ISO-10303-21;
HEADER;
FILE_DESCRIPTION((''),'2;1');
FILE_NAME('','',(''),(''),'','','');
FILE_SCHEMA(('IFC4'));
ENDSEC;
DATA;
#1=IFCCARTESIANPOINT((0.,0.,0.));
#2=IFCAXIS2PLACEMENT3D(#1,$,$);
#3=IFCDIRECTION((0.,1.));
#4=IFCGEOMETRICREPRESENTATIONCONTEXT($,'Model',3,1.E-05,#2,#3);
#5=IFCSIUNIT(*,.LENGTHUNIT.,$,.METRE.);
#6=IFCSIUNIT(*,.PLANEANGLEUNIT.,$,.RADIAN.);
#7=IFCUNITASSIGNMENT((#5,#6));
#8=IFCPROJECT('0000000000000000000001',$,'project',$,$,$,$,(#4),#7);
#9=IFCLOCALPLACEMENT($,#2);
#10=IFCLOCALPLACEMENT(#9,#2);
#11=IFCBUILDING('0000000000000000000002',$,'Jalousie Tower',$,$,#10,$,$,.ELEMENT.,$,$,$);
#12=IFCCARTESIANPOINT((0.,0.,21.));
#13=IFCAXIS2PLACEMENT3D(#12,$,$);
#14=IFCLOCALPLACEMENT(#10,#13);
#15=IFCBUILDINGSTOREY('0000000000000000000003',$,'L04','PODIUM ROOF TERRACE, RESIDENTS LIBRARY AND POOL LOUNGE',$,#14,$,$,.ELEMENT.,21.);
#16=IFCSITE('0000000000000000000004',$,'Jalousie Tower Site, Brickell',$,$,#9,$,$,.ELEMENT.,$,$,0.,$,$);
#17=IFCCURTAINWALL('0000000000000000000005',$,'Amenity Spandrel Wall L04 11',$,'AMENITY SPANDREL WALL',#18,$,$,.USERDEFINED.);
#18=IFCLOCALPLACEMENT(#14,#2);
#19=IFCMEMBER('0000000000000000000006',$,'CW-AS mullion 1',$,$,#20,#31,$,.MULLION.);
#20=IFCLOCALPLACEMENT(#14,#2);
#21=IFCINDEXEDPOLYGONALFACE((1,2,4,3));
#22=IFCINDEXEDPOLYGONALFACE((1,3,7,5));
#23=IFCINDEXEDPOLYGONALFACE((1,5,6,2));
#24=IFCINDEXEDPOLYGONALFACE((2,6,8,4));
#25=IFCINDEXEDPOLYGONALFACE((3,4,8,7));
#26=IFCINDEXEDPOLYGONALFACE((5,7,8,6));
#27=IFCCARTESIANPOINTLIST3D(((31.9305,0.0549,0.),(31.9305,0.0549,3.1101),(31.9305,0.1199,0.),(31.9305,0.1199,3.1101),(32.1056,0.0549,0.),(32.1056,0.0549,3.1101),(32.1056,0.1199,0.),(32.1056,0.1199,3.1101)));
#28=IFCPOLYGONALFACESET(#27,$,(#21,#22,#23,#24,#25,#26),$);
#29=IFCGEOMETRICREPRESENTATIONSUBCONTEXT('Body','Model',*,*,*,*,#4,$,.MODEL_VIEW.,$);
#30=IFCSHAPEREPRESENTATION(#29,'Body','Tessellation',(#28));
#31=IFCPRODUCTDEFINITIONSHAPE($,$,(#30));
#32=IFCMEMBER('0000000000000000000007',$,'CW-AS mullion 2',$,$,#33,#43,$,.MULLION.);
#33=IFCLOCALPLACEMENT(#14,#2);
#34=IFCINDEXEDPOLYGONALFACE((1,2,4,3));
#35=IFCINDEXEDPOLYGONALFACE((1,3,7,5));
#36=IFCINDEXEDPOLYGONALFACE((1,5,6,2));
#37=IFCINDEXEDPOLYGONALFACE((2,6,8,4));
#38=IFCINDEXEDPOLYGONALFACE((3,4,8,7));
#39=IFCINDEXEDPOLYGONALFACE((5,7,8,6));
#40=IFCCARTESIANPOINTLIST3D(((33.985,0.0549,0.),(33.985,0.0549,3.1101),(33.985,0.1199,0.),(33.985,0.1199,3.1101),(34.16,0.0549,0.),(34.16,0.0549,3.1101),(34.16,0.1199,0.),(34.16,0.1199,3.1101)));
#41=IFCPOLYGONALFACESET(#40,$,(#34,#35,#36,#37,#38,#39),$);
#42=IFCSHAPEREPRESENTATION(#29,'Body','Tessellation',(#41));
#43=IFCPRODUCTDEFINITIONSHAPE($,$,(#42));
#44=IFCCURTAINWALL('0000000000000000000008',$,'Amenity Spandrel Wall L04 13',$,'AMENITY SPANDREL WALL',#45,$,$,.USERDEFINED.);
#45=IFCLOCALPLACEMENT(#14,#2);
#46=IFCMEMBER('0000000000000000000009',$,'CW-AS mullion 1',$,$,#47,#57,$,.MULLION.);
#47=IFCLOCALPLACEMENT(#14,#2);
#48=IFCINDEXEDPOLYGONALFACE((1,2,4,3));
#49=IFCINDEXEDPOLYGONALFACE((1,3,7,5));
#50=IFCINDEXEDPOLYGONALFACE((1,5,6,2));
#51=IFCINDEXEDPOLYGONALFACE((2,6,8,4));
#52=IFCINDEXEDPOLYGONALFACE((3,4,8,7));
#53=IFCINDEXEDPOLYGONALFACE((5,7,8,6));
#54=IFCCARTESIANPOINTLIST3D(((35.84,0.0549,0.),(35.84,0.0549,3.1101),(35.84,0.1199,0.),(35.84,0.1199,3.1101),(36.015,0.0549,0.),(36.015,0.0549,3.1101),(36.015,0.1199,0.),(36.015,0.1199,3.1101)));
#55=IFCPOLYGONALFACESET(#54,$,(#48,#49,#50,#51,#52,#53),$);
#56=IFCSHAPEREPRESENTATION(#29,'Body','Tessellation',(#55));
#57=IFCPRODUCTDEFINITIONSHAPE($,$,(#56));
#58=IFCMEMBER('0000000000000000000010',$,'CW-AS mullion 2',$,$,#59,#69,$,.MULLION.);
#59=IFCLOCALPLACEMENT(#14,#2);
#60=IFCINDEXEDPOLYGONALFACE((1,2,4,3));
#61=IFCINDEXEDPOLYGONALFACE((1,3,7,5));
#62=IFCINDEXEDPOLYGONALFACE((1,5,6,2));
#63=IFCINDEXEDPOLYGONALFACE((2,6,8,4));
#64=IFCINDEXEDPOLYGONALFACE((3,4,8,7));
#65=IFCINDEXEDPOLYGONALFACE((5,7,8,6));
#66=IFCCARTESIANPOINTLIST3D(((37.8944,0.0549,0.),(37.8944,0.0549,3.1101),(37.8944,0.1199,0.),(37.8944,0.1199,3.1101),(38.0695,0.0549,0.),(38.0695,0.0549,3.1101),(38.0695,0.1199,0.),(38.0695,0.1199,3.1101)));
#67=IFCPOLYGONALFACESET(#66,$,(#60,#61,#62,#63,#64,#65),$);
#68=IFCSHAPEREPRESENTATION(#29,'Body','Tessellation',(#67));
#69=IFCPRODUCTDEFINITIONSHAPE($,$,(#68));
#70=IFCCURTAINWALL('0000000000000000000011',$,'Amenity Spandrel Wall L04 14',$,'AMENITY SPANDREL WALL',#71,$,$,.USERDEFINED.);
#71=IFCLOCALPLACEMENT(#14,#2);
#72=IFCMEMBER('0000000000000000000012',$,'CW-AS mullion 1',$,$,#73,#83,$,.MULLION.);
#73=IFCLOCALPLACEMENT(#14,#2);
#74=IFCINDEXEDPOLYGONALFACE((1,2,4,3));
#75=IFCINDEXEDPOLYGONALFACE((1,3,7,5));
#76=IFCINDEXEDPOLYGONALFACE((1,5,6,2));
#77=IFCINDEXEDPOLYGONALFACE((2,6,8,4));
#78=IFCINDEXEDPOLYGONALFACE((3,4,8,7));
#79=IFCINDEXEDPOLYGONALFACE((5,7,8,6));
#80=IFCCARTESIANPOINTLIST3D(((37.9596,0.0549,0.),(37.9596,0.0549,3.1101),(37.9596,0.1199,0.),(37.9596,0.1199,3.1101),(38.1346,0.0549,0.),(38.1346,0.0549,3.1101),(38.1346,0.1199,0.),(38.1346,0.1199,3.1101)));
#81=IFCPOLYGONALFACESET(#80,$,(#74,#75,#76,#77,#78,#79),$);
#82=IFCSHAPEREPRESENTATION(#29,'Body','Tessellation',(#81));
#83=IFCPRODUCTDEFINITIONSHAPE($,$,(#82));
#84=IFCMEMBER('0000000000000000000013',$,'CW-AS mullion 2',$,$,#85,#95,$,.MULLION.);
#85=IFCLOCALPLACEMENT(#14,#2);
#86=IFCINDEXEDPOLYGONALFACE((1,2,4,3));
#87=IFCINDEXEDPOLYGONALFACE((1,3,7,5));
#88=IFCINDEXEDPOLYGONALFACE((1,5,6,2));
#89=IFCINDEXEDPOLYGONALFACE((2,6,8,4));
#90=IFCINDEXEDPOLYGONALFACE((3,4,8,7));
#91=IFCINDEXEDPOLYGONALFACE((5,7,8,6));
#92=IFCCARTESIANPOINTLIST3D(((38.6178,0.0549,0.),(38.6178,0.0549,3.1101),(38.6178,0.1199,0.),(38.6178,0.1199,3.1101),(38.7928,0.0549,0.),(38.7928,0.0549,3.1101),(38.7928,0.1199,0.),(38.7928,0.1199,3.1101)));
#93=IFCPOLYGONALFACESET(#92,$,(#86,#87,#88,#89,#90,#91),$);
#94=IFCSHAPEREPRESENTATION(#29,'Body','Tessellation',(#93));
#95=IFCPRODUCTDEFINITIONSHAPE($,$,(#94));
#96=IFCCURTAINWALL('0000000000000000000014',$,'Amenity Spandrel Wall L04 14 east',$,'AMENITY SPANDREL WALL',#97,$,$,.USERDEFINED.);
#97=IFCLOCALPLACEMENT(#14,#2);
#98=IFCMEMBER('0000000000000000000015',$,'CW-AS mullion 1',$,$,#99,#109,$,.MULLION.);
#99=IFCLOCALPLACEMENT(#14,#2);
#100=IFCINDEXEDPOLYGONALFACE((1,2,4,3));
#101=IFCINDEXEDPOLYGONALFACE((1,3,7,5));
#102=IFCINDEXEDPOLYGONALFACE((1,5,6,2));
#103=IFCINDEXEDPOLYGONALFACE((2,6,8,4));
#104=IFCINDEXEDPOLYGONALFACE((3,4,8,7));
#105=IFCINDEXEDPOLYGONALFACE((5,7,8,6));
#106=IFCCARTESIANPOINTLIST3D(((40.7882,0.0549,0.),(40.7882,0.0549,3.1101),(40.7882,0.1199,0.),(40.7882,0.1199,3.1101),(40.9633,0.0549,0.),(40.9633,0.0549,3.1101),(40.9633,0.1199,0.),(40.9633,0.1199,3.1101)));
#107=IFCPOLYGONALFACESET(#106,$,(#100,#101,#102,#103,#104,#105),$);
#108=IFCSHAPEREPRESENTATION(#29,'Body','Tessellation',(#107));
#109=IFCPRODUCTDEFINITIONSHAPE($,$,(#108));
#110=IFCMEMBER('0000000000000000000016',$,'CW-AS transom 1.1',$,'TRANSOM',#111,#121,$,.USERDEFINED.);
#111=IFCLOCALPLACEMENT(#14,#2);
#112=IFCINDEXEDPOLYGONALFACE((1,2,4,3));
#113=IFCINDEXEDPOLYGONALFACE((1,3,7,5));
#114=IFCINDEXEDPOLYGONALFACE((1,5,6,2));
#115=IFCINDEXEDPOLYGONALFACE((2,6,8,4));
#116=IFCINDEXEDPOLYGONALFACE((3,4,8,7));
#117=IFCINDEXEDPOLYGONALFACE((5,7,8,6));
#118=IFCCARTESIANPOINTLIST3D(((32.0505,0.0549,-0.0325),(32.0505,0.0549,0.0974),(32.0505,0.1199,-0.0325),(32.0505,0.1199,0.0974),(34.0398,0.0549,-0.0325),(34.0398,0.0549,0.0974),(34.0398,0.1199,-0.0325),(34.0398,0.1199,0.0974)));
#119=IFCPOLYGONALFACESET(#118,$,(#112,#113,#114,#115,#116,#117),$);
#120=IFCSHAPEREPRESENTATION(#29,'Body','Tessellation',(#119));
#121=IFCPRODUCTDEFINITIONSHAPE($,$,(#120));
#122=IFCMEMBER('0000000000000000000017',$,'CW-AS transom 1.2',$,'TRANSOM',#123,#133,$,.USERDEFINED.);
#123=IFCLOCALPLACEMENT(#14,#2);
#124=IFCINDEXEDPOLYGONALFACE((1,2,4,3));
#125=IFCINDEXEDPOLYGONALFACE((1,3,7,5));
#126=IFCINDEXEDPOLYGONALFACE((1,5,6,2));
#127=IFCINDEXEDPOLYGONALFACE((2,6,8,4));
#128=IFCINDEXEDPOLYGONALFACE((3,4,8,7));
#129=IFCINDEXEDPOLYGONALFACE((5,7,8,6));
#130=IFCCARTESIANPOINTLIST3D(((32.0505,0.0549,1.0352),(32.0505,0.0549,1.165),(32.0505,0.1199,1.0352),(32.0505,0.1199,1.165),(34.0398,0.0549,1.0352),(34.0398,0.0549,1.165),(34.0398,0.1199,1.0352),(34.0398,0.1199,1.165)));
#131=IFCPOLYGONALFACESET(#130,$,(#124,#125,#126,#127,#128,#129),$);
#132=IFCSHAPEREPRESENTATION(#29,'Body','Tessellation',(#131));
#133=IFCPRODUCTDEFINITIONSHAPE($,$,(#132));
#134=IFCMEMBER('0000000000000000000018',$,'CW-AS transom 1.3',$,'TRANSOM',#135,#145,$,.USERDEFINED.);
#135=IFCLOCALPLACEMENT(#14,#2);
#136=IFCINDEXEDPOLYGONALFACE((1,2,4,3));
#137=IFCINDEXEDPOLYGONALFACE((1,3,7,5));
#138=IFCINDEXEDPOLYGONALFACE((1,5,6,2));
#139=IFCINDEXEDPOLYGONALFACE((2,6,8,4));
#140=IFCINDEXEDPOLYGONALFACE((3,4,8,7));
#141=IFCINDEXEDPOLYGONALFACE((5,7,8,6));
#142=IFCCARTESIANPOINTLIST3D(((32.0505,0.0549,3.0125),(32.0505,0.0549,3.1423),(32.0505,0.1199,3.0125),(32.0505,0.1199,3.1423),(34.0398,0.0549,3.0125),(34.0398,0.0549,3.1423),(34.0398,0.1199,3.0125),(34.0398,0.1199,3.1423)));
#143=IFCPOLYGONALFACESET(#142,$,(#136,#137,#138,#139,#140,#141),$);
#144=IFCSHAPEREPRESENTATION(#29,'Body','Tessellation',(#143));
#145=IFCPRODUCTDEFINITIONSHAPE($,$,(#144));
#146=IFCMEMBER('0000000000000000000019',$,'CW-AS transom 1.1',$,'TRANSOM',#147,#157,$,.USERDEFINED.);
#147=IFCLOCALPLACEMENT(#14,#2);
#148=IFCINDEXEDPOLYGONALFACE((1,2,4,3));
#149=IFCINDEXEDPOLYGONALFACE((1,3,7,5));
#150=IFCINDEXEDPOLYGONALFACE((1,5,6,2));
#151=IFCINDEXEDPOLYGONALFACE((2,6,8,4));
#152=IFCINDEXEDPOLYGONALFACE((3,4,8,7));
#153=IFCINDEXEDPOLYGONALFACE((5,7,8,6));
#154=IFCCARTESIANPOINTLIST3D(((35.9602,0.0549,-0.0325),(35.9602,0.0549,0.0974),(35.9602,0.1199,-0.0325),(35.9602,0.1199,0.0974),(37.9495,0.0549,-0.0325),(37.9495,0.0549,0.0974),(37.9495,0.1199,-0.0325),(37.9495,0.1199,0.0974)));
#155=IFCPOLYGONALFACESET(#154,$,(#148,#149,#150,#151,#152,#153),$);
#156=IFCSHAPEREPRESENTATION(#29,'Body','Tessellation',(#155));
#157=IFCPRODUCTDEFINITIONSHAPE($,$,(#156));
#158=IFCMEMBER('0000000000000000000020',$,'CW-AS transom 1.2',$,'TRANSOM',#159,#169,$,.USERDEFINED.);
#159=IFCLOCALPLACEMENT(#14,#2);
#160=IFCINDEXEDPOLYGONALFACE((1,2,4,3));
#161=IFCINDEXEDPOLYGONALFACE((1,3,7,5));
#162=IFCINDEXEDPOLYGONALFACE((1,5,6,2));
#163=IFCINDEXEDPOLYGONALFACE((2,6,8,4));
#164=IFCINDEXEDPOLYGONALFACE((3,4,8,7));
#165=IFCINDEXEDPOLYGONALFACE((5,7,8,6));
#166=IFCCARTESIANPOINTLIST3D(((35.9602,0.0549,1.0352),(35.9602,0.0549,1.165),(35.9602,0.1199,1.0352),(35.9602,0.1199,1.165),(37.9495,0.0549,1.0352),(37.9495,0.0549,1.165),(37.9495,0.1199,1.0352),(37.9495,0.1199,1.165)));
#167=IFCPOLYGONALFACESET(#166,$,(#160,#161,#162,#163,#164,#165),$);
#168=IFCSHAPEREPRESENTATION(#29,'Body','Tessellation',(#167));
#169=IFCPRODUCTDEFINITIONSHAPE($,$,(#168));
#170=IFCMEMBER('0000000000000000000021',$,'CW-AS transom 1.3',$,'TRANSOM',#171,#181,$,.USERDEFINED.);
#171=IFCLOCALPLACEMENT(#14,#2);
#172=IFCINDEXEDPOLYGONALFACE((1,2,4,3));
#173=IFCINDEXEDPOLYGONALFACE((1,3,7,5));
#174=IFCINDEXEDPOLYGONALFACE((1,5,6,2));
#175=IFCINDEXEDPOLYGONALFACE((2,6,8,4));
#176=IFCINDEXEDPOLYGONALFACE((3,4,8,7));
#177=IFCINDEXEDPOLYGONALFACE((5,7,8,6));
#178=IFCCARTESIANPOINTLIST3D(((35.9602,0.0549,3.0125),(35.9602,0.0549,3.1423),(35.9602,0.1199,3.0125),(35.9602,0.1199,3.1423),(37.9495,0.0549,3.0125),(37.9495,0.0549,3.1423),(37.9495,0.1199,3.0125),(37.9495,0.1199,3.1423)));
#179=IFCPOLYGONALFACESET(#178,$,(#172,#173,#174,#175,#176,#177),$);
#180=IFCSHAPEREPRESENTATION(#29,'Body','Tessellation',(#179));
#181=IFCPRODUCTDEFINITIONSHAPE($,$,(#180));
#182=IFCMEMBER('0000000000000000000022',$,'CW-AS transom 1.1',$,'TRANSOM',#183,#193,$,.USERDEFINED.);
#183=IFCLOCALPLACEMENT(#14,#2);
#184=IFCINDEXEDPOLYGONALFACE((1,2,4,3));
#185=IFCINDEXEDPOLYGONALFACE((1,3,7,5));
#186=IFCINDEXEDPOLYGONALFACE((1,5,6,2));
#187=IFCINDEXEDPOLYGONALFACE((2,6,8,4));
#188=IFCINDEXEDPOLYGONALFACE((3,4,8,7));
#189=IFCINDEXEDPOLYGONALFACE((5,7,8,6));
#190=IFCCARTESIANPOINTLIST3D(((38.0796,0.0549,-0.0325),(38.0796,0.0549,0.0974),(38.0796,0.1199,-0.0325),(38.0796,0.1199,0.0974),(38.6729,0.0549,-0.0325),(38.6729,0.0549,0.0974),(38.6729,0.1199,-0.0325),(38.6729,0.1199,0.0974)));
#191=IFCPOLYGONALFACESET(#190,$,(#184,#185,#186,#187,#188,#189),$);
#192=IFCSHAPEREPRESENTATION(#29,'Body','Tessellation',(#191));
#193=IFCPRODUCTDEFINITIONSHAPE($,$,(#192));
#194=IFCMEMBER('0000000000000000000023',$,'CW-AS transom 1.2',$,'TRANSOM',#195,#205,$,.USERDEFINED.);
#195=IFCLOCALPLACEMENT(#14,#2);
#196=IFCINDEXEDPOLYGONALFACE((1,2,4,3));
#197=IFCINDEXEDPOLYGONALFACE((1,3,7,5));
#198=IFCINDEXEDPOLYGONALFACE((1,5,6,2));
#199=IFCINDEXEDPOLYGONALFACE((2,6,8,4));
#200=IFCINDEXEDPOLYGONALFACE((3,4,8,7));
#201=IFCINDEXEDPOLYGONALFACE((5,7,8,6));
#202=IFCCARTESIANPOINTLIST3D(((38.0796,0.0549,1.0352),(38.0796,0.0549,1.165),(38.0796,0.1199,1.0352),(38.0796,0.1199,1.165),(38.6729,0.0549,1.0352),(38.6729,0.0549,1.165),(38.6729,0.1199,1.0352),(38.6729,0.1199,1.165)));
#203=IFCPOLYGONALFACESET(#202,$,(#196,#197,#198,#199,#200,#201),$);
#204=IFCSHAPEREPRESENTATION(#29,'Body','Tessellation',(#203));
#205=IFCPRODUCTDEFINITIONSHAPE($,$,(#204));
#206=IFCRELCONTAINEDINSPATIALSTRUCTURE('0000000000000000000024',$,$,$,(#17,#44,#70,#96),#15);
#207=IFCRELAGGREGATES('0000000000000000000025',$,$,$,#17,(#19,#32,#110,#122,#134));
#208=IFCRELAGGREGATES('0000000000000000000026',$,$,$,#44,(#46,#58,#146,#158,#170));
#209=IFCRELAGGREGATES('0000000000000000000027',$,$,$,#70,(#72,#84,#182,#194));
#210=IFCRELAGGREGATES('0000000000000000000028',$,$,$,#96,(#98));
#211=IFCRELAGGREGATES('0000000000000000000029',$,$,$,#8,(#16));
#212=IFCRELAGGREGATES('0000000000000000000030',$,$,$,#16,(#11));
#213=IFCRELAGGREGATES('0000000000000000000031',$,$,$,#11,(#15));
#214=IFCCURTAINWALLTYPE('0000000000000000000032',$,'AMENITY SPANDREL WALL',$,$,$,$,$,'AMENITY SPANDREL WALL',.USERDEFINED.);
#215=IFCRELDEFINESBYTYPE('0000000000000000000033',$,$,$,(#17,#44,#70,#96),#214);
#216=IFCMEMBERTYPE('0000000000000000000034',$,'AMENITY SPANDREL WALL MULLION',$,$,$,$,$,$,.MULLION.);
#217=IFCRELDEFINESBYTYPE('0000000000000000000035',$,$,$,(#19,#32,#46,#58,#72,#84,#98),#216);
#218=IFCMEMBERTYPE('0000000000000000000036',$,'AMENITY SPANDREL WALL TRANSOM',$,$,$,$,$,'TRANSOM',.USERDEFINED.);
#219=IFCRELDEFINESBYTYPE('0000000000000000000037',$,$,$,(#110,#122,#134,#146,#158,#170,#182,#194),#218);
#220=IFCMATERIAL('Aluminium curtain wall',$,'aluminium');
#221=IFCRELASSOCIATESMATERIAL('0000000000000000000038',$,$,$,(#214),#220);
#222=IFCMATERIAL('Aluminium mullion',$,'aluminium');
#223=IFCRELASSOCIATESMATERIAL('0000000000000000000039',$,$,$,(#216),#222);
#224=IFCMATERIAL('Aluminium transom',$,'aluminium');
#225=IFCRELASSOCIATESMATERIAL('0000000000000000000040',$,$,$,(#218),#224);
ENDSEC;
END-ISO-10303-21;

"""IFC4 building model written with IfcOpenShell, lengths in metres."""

from ifc_helpers import new_model, si_unit, direction, frame, origin, origin_2d, place, context, subcontext, project, spatial, rectangle, extrude, material, material_profile, profile_set, type_object, element, aggregate, save


model = new_model("IFC4")

# Units and contexts
model_context = context("Model", 3, precision=1e-05, world=origin(), true_north=direction((0.0, 1.0)))
body_context = subcontext(model_context, "Body", "Model", "MODEL_VIEW")
ifc_project = project(units=[si_unit("LENGTHUNIT", "METRE"), si_unit("PLANEANGLEUNIT", "RADIAN")], contexts=[model_context])

# Site, building, storey
site_placement = place(None, origin())
site = spatial("IfcSite", under=ifc_project, at=site_placement, Name="Jalousie Tower Site, Brickell", CompositionType="ELEMENT", RefElevation=0.0)
building_placement = place(site_placement, origin())
building = spatial("IfcBuilding", under=site, at=building_placement, Name="Jalousie Tower", CompositionType="ELEMENT")
storey_placement = place(building_placement, frame((0.0, 0.0, 21.0)))
storey = spatial("IfcBuildingStorey", under=building, at=storey_placement, Name="L04", Description="PODIUM ROOF TERRACE, RESIDENTS LIBRARY AND POOL LOUNGE", CompositionType="ELEMENT", Elevation=21.0)

# Curtain walls, members
ifc_material_1 = material(Name="Aluminium curtain wall", Category="aluminium")
curtain_wall_type_1 = type_object("IfcCurtainWallType", Name="AMENITY SPANDREL WALL", ElementType="AMENITY SPANDREL WALL", PredefinedType="USERDEFINED", material=ifc_material_1)
curtain_wall_1_placement = place(storey_placement, origin())
curtain_wall_1 = element("IfcCurtainWall", 1, at=curtain_wall_1_placement, inside=storey, type_object=curtain_wall_type_1, Name="Amenity Spandrel Wall L04 11", ObjectType="AMENITY SPANDREL WALL", PredefinedType="USERDEFINED")
ifc_material_2 = material(Name="Aluminium mullion", Category="aluminium")
ifc_material_profile_1 = material_profile(ifc_material_2, rectangle(XDim=0.0649, YDim=0.175, at=origin_2d()), Name="MULLION 65x175")
ifc_profile_set_1 = profile_set([ifc_material_profile_1], Name="Aluminium mullion")
member_type_1 = type_object("IfcMemberType", Name="AMENITY SPANDREL WALL MULLION", PredefinedType="MULLION", material=ifc_profile_set_1)
member_1_placement = place(storey_placement, frame((32.0181, 0.0874, 0.0), z_axis=(0.0, 0.0, 1.0), x_axis=(0.0, 1.0, 0.0)))
member_1 = element("IfcMember", 2, at=member_1_placement, type_object=member_type_1, Name="CW-AS mullion 1", PredefinedType="MULLION", context=body_context, shape_type="SweptSolid", body=[
    extrude(rectangle(XDim=0.0649, YDim=0.175, at=origin_2d()), origin(), (0.0, 0.0, 1.0), 3.1101),
])
member_2_placement = place(storey_placement, frame((34.0725, 0.0874, 0.0), z_axis=(0.0, 0.0, 1.0), x_axis=(0.0, 1.0, 0.0)))
member_2 = element("IfcMember", 3, at=member_2_placement, type_object=member_type_1, Name="CW-AS mullion 2", PredefinedType="MULLION", context=body_context, shape_type="SweptSolid", body=[
    extrude(rectangle(XDim=0.0649, YDim=0.175, at=origin_2d()), origin(), (0.0, 0.0, 1.0), 3.1101),
])
curtain_wall_2_placement = place(storey_placement, origin())
curtain_wall_2 = element("IfcCurtainWall", 4, at=curtain_wall_2_placement, inside=storey, type_object=curtain_wall_type_1, Name="Amenity Spandrel Wall L04 13", ObjectType="AMENITY SPANDREL WALL", PredefinedType="USERDEFINED")
member_3_placement = place(storey_placement, frame((35.9275, 0.0874, 0.0), z_axis=(0.0, 0.0, 1.0), x_axis=(0.0, 1.0, 0.0)))
member_3 = element("IfcMember", 5, at=member_3_placement, type_object=member_type_1, Name="CW-AS mullion 1", PredefinedType="MULLION", context=body_context, shape_type="SweptSolid", body=[
    extrude(rectangle(XDim=0.0649, YDim=0.175, at=origin_2d()), origin(), (0.0, 0.0, 1.0), 3.1101),
])
member_4_placement = place(storey_placement, frame((37.9819, 0.0874, 0.0), z_axis=(0.0, 0.0, 1.0), x_axis=(0.0, 1.0, 0.0)))
member_4 = element("IfcMember", 6, at=member_4_placement, type_object=member_type_1, Name="CW-AS mullion 2", PredefinedType="MULLION", context=body_context, shape_type="SweptSolid", body=[
    extrude(rectangle(XDim=0.0649, YDim=0.175, at=origin_2d()), origin(), (0.0, 0.0, 1.0), 3.1101),
])
curtain_wall_3_placement = place(storey_placement, origin())
curtain_wall_3 = element("IfcCurtainWall", 7, at=curtain_wall_3_placement, inside=storey, type_object=curtain_wall_type_1, Name="Amenity Spandrel Wall L04 14", ObjectType="AMENITY SPANDREL WALL", PredefinedType="USERDEFINED")
member_5_placement = place(storey_placement, frame((38.0471, 0.0874, 0.0), z_axis=(0.0, 0.0, 1.0), x_axis=(0.0, 1.0, 0.0)))
member_5 = element("IfcMember", 8, at=member_5_placement, type_object=member_type_1, Name="CW-AS mullion 1", PredefinedType="MULLION", context=body_context, shape_type="SweptSolid", body=[
    extrude(rectangle(XDim=0.0649, YDim=0.175, at=origin_2d()), origin(), (0.0, 0.0, 1.0), 3.1101),
])
member_6_placement = place(storey_placement, frame((38.7053, 0.0874, 0.0), z_axis=(0.0, 0.0, 1.0), x_axis=(0.0, 1.0, 0.0)))
member_6 = element("IfcMember", 9, at=member_6_placement, type_object=member_type_1, Name="CW-AS mullion 2", PredefinedType="MULLION", context=body_context, shape_type="SweptSolid", body=[
    extrude(rectangle(XDim=0.0649, YDim=0.175, at=origin_2d()), origin(), (0.0, 0.0, 1.0), 3.1101),
])

# Curtain wall, member
curtain_wall_4_placement = place(storey_placement, origin())
curtain_wall_4 = element("IfcCurtainWall", 10, at=curtain_wall_4_placement, inside=storey, type_object=curtain_wall_type_1, Name="Amenity Spandrel Wall L04 14 east", ObjectType="AMENITY SPANDREL WALL", PredefinedType="USERDEFINED")
member_7_placement = place(storey_placement, frame((40.8757, 0.0874, 0.0), z_axis=(0.0, 0.0, 1.0), x_axis=(0.0, 1.0, 0.0)))
member_7 = element("IfcMember", 11, at=member_7_placement, type_object=member_type_1, Name="CW-AS mullion 1", PredefinedType="MULLION", context=body_context, shape_type="SweptSolid", body=[
    extrude(rectangle(XDim=0.0649, YDim=0.175, at=origin_2d()), origin(), (0.0, 0.0, 1.0), 3.1101),
])

# Members
ifc_material_3 = material(Name="Aluminium transom", Category="aluminium")
ifc_material_profile_2 = material_profile(ifc_material_3, rectangle(XDim=0.0649, YDim=0.1299, at=origin_2d()), Name="TRANSOM 65x130")
ifc_profile_set_2 = profile_set([ifc_material_profile_2], Name="Aluminium transom")
member_type_2 = type_object("IfcMemberType", Name="AMENITY SPANDREL WALL TRANSOM", ElementType="TRANSOM", PredefinedType="USERDEFINED", material=ifc_profile_set_2)
member_8_placement = place(storey_placement, frame((32.0505, 0.0874, 0.0325), z_axis=(1.0, 0.0, 0.0), x_axis=(0.0, 1.0, 0.0)))
member_8 = element("IfcMember", 12, at=member_8_placement, type_object=member_type_2, Name="CW-AS transom 1.1", ObjectType="TRANSOM", PredefinedType="USERDEFINED", context=body_context, shape_type="SweptSolid", body=[
    extrude(rectangle(XDim=0.0649, YDim=0.1299, at=origin_2d()), origin(), (0.0, 0.0, 1.0), 1.9893),
])
member_9_placement = place(storey_placement, frame((32.0505, 0.0874, 1.1001), z_axis=(1.0, 0.0, 0.0), x_axis=(0.0, 1.0, 0.0)))
member_9 = element("IfcMember", 13, at=member_9_placement, type_object=member_type_2, Name="CW-AS transom 1.2", ObjectType="TRANSOM", PredefinedType="USERDEFINED", context=body_context, shape_type="SweptSolid", body=[
    extrude(rectangle(XDim=0.0649, YDim=0.1299, at=origin_2d()), origin(), (0.0, 0.0, 1.0), 1.9893),
])
member_10_placement = place(storey_placement, frame((32.0505, 0.0874, 3.0774), z_axis=(1.0, 0.0, 0.0), x_axis=(0.0, 1.0, 0.0)))
member_10 = element("IfcMember", 14, at=member_10_placement, type_object=member_type_2, Name="CW-AS transom 1.3", ObjectType="TRANSOM", PredefinedType="USERDEFINED", context=body_context, shape_type="SweptSolid", body=[
    extrude(rectangle(XDim=0.0649, YDim=0.1299, at=origin_2d()), origin(), (0.0, 0.0, 1.0), 1.9893),
])
member_11_placement = place(storey_placement, frame((35.9602, 0.0874, 0.0325), z_axis=(1.0, 0.0, 0.0), x_axis=(0.0, 1.0, 0.0)))
member_11 = element("IfcMember", 15, at=member_11_placement, type_object=member_type_2, Name="CW-AS transom 1.1", ObjectType="TRANSOM", PredefinedType="USERDEFINED", context=body_context, shape_type="SweptSolid", body=[
    extrude(rectangle(XDim=0.0649, YDim=0.1299, at=origin_2d()), origin(), (0.0, 0.0, 1.0), 1.9893),
])
member_12_placement = place(storey_placement, frame((35.9602, 0.0874, 1.1001), z_axis=(1.0, 0.0, 0.0), x_axis=(0.0, 1.0, 0.0)))
member_12 = element("IfcMember", 16, at=member_12_placement, type_object=member_type_2, Name="CW-AS transom 1.2", ObjectType="TRANSOM", PredefinedType="USERDEFINED", context=body_context, shape_type="SweptSolid", body=[
    extrude(rectangle(XDim=0.0649, YDim=0.1299, at=origin_2d()), origin(), (0.0, 0.0, 1.0), 1.9893),
])
member_13_placement = place(storey_placement, frame((35.9602, 0.0874, 3.0774), z_axis=(1.0, 0.0, 0.0), x_axis=(0.0, 1.0, 0.0)))
member_13 = element("IfcMember", 17, at=member_13_placement, type_object=member_type_2, Name="CW-AS transom 1.3", ObjectType="TRANSOM", PredefinedType="USERDEFINED", context=body_context, shape_type="SweptSolid", body=[
    extrude(rectangle(XDim=0.0649, YDim=0.1299, at=origin_2d()), origin(), (0.0, 0.0, 1.0), 1.9893),
])
member_14_placement = place(storey_placement, frame((38.0796, 0.0874, 0.0325), z_axis=(1.0, 0.0, 0.0), x_axis=(0.0, 1.0, 0.0)))
member_14 = element("IfcMember", 18, at=member_14_placement, type_object=member_type_2, Name="CW-AS transom 1.1", ObjectType="TRANSOM", PredefinedType="USERDEFINED", context=body_context, shape_type="SweptSolid", body=[
    extrude(rectangle(XDim=0.0649, YDim=0.1299, at=origin_2d()), origin(), (0.0, 0.0, 1.0), 0.5933),
])
member_15_placement = place(storey_placement, frame((38.0796, 0.0874, 1.1001), z_axis=(1.0, 0.0, 0.0), x_axis=(0.0, 1.0, 0.0)))
member_15 = element("IfcMember", 19, at=member_15_placement, type_object=member_type_2, Name="CW-AS transom 1.2", ObjectType="TRANSOM", PredefinedType="USERDEFINED", context=body_context, shape_type="SweptSolid", body=[
    extrude(rectangle(XDim=0.0649, YDim=0.1299, at=origin_2d()), origin(), (0.0, 0.0, 1.0), 0.5933),
])

aggregate(curtain_wall_1, [member_1, member_2, member_8, member_9, member_10])
aggregate(curtain_wall_2, [member_3, member_4, member_11, member_12, member_13])
aggregate(curtain_wall_3, [member_5, member_6, member_14, member_15])
aggregate(curtain_wall_4, [member_7])

save(model, "model.ifc")
